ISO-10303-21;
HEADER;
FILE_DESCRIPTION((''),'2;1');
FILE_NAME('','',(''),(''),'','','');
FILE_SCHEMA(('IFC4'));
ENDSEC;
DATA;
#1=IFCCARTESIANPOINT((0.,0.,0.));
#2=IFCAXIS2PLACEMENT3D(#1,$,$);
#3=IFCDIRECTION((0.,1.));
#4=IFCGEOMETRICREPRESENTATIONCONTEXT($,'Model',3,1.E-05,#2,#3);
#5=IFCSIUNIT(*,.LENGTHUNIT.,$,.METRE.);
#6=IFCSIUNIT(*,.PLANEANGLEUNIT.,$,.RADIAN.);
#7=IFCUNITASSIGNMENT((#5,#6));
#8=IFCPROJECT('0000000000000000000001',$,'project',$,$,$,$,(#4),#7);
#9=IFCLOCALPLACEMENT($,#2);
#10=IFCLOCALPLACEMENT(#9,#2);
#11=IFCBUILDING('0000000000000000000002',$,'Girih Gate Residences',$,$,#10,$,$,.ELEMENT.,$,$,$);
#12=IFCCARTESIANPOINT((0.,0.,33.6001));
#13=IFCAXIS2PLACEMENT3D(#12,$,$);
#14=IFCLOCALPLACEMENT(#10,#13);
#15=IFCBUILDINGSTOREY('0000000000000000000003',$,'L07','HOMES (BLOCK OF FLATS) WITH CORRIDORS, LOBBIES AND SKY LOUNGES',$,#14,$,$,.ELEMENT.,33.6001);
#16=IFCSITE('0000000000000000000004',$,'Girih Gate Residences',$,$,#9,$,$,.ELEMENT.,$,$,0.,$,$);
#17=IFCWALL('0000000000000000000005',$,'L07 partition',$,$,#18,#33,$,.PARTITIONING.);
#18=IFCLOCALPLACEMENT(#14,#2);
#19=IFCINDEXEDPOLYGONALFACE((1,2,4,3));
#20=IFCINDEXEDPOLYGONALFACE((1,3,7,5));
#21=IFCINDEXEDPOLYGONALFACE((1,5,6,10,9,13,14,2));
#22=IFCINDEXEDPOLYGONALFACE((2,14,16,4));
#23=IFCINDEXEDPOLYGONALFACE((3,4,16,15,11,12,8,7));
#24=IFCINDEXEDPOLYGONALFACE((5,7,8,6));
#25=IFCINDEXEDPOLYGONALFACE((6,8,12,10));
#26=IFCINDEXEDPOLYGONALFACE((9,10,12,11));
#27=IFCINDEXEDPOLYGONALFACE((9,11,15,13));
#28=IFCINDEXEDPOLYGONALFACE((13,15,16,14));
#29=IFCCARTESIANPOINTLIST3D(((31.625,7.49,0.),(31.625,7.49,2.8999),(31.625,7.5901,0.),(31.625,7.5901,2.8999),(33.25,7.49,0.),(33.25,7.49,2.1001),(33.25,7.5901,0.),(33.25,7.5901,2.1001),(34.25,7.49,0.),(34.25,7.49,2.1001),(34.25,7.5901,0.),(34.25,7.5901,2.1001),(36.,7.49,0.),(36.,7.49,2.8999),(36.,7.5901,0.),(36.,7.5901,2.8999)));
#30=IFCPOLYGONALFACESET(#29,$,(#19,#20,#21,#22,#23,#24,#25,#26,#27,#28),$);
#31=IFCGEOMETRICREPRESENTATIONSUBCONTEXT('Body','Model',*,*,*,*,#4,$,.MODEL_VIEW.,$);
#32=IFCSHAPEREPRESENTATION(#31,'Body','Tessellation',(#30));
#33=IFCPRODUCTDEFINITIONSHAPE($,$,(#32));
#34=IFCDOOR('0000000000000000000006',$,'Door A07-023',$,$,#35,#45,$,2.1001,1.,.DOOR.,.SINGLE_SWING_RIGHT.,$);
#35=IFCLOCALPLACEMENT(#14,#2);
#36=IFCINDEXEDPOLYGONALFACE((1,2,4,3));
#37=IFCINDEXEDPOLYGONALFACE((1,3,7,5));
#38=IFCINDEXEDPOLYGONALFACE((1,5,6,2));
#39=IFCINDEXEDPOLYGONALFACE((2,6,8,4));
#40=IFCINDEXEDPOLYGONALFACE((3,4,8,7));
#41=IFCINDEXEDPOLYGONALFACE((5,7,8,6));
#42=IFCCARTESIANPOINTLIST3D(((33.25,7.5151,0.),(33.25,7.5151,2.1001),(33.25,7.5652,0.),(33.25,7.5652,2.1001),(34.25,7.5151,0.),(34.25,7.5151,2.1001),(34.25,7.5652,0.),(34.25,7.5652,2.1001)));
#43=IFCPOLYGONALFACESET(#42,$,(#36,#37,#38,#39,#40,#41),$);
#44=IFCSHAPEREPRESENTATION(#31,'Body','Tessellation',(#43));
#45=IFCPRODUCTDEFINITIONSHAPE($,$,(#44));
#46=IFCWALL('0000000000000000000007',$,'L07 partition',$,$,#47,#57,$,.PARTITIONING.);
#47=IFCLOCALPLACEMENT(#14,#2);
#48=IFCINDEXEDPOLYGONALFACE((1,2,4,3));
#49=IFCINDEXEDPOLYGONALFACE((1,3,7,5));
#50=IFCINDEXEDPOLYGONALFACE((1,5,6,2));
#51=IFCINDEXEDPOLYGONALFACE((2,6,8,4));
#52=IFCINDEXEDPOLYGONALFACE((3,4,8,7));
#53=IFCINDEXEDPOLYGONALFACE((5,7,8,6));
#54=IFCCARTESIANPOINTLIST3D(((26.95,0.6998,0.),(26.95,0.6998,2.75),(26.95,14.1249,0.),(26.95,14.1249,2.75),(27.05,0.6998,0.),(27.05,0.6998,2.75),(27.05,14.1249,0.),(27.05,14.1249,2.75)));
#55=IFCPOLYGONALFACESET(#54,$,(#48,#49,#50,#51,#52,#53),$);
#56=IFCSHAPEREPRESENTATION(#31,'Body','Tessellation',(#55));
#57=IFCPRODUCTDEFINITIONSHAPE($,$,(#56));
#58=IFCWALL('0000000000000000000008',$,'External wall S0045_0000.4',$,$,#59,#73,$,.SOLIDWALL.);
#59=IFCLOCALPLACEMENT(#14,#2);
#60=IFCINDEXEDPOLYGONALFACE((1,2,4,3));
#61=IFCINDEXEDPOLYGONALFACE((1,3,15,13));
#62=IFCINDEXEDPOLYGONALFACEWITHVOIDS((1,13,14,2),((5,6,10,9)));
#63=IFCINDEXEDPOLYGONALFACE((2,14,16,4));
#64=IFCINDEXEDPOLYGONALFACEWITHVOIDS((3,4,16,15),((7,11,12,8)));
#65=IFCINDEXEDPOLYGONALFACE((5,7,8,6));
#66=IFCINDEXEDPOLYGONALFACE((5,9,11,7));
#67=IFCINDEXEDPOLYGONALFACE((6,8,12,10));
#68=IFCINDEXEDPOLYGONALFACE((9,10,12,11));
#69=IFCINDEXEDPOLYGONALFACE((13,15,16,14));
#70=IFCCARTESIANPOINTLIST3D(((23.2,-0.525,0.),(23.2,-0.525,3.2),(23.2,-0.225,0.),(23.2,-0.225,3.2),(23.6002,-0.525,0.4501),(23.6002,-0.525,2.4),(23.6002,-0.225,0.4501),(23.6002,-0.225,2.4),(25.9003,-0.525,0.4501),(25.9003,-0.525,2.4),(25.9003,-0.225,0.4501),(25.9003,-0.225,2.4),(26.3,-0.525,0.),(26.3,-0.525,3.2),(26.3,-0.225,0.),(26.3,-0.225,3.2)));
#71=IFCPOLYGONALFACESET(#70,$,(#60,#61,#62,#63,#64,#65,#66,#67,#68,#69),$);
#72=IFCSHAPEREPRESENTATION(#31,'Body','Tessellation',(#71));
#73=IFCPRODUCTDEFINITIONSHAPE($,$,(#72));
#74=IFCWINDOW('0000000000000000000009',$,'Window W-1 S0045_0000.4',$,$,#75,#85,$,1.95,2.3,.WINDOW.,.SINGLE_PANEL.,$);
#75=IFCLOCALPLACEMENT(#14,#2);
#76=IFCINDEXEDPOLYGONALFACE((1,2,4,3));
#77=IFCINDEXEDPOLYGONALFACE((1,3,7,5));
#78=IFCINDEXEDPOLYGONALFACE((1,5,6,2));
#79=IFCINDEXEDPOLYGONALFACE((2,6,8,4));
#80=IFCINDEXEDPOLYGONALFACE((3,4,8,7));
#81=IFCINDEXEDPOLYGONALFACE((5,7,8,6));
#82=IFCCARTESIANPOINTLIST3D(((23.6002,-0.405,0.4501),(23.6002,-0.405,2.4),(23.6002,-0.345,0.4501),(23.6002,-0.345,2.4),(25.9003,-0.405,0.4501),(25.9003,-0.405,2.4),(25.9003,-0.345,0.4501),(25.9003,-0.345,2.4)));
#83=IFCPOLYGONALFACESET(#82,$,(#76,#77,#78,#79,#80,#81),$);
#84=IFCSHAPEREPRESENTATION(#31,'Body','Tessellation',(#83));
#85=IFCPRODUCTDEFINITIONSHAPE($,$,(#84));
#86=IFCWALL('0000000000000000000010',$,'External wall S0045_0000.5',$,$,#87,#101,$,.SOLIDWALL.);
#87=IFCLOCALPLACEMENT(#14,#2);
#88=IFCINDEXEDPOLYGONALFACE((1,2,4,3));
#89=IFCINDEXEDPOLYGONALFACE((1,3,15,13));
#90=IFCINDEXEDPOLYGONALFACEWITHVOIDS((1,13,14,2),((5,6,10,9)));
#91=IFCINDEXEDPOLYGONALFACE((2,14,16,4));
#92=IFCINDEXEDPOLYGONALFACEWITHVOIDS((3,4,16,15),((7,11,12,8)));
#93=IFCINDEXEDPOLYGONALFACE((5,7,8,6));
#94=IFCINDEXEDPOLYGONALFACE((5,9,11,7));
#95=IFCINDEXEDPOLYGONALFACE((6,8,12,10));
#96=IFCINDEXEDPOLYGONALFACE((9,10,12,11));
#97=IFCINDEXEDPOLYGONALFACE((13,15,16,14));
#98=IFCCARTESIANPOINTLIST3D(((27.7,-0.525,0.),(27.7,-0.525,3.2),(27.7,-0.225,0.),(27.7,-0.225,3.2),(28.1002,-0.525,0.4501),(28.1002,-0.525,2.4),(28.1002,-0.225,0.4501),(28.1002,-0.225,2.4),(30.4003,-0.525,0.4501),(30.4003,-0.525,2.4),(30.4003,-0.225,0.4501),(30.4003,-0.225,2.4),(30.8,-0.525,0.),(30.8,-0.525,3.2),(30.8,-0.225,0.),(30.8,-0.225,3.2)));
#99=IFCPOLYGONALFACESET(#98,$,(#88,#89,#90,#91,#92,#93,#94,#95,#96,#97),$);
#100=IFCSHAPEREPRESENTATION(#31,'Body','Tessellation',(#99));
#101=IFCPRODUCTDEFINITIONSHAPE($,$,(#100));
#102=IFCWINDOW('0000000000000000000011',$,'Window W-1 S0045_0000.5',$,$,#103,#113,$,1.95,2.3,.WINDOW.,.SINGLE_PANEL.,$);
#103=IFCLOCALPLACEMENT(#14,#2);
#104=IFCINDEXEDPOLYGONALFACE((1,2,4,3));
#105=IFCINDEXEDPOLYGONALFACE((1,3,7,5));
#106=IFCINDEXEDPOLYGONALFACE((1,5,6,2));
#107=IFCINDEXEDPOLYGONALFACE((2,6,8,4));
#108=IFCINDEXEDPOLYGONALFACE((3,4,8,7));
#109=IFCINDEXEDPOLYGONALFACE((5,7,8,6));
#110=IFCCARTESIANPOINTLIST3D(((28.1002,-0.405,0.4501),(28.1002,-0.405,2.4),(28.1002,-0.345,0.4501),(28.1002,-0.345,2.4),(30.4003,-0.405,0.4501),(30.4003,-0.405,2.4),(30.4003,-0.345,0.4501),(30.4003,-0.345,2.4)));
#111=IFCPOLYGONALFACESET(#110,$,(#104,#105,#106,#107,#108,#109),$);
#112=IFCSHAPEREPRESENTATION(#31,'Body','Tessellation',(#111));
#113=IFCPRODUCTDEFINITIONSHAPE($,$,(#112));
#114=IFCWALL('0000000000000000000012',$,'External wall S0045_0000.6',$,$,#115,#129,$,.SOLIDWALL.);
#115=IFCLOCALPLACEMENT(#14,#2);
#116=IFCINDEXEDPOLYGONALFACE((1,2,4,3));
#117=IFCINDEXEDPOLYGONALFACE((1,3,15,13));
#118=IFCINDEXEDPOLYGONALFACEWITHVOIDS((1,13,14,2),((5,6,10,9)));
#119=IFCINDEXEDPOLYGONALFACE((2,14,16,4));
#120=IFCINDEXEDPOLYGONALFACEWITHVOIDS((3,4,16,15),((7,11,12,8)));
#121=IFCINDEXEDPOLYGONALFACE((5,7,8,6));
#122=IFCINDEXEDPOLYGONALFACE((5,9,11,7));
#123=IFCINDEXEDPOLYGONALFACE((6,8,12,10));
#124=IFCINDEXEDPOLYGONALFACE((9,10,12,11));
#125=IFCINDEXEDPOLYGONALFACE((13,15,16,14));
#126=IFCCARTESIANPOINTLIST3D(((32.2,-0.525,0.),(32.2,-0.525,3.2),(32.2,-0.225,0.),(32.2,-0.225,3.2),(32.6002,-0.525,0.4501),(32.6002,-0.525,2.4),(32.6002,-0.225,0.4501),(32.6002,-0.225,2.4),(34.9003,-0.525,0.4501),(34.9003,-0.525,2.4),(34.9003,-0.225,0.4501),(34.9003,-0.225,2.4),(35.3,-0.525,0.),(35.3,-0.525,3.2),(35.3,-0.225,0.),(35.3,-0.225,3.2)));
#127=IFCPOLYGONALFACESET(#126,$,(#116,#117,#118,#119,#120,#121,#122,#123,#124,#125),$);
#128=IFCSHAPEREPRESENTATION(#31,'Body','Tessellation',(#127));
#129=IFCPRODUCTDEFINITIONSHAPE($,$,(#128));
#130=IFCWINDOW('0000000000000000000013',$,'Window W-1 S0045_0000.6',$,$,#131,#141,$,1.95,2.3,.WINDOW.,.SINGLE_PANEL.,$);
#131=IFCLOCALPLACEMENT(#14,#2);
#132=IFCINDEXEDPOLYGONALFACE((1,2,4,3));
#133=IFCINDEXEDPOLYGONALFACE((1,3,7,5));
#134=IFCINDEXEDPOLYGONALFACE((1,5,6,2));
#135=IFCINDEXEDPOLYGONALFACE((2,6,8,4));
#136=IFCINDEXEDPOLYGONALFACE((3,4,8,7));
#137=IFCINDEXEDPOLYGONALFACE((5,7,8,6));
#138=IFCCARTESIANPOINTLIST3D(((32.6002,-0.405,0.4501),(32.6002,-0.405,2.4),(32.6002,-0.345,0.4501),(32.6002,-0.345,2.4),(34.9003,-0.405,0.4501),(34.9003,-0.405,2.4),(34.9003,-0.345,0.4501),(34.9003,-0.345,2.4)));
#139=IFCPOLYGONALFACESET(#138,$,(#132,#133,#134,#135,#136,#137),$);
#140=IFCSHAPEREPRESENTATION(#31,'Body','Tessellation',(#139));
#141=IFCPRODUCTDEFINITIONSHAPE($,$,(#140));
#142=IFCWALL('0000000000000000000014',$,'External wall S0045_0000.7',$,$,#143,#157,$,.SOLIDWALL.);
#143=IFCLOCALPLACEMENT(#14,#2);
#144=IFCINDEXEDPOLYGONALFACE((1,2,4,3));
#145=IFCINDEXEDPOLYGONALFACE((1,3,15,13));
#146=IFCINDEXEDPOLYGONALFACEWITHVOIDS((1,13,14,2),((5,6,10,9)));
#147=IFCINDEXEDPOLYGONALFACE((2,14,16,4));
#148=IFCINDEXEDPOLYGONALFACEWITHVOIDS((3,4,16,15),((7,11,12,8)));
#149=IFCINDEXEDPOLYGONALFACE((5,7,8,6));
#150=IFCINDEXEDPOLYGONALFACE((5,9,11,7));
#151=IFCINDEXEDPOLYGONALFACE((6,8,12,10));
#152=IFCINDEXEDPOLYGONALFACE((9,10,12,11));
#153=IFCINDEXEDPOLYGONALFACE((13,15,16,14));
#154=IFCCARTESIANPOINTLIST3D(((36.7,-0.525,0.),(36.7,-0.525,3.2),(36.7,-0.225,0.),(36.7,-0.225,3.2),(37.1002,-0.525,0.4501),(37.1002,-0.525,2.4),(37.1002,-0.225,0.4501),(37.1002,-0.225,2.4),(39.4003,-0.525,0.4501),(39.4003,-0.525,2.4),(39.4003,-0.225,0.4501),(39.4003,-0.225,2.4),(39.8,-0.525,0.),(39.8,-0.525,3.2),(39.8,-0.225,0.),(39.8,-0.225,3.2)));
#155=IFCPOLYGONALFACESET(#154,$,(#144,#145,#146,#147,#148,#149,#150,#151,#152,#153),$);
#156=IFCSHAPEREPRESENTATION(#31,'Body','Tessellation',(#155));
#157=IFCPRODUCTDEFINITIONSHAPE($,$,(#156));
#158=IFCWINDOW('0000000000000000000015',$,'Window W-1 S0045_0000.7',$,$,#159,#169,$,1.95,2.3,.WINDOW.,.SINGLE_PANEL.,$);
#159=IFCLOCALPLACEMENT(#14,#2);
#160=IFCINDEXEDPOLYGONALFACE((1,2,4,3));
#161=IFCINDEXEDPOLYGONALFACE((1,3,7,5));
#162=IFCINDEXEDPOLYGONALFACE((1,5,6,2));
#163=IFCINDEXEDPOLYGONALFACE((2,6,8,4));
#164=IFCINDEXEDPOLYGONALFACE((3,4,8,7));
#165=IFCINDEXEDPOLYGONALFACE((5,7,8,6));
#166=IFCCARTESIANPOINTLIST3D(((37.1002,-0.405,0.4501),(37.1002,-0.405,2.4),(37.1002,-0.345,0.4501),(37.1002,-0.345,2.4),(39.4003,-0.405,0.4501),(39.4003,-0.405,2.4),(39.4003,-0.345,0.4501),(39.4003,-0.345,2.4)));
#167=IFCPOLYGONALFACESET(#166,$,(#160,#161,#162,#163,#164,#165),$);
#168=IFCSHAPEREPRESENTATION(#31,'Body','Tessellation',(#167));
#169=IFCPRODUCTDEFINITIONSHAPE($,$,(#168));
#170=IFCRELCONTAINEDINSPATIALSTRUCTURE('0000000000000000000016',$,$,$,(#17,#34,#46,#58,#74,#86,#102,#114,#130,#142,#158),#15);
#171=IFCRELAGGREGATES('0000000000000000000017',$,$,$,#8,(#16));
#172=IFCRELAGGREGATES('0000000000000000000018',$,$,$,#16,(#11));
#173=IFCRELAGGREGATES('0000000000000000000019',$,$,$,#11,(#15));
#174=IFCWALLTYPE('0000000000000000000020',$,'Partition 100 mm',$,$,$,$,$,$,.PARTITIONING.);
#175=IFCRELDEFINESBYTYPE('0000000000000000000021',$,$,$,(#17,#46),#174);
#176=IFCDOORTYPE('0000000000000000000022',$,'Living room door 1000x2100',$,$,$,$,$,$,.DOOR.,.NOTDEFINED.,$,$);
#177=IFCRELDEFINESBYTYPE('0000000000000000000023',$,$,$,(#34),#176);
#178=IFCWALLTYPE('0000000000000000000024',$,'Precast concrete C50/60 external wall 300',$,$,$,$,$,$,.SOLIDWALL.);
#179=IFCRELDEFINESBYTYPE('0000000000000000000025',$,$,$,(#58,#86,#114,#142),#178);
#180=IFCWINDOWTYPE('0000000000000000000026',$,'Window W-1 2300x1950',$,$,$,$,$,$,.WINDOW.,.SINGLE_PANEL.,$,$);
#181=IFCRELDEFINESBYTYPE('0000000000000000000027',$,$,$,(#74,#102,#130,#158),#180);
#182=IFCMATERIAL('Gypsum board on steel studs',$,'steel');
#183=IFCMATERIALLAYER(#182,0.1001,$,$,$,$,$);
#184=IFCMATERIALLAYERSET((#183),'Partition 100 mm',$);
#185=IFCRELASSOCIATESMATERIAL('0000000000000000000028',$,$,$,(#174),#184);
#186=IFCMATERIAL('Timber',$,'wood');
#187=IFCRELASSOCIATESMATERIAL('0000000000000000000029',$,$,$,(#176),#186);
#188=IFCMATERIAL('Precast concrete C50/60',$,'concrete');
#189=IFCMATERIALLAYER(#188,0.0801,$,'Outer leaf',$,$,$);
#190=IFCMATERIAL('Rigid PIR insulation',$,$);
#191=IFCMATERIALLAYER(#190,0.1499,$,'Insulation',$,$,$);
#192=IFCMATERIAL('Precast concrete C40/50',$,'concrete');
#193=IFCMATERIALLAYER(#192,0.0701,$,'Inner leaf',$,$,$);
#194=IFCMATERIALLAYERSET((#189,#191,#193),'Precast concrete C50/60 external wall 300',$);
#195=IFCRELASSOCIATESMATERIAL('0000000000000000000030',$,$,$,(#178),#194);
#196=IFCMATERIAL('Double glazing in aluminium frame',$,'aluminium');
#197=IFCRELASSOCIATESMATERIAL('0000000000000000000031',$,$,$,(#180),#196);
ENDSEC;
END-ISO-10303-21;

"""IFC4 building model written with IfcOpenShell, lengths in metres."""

from ifc_helpers import new_model, si_unit, direction, frame, frame_2d, origin, place, context, subcontext, project, spatial, rectangle, extrude, material, layer, layer_set, type_object, element, fill, save


model = new_model("IFC4")

# Units and contexts
model_context = context("Model", 3, precision=1e-05, world=origin(), true_north=direction((0.0, 1.0)))
body_context = subcontext(model_context, "Body", "Model", "MODEL_VIEW")
ifc_project = project(units=[si_unit("LENGTHUNIT", "METRE"), si_unit("PLANEANGLEUNIT", "RADIAN")], contexts=[model_context])

# Site, building, storey
site_placement = place(None, origin())
site = spatial("IfcSite", under=ifc_project, at=site_placement, Name="Girih Gate Residences", CompositionType="ELEMENT", RefElevation=0.0)
building_placement = place(site_placement, origin())
building = spatial("IfcBuilding", under=site, at=building_placement, Name="Girih Gate Residences", CompositionType="ELEMENT")
storey_placement = place(building_placement, frame((0.0, 0.0, 33.6001)))
storey = spatial("IfcBuildingStorey", under=building, at=storey_placement, Name="L07", Description="HOMES (BLOCK OF FLATS) WITH CORRIDORS, LOBBIES AND SKY LOUNGES", CompositionType="ELEMENT", Elevation=33.6001)

# Shared definitions
ifc_material_1 = material(Name="Gypsum board on steel studs", Category="steel")
ifc_layer_1 = layer(ifc_material_1, 0.1001)
ifc_layer_set_1 = layer_set([ifc_layer_1], Name="Partition 100 mm")
wall_type_1 = type_object("IfcWallType", Name="Partition 100 mm", PredefinedType="PARTITIONING", material=ifc_layer_set_1)

# Wall, opening, door
ifc_material_2 = material(Name="Timber", Category="wood")
wall_1_placement = place(storey_placement, frame((36.0, 7.54, 0.0), z_axis=(0.0, 0.0, 1.0), x_axis=(-1.0, 0.0, 0.0)))
wall_1 = element("IfcWall", 1, at=wall_1_placement, inside=storey, type_object=wall_type_1, Name="L07 partition", PredefinedType="PARTITIONING", context=body_context, shape_type="SweptSolid", body=[
    extrude(rectangle(XDim=4.375, YDim=0.1001, at=frame_2d((2.1875, 0.0))), origin(), (0.0, 0.0, 1.0), 2.8999),
])
opening_1_placement = place(wall_1_placement, frame((1.75, 0.0, 0.0)))
opening_1 = element("IfcOpeningElement", 2, at=opening_1_placement, cuts=wall_1, PredefinedType="OPENING", context=body_context, shape_type="SweptSolid", body=[
    extrude(rectangle(XDim=1.0, YDim=2.1001, at=frame_2d((0.5, 1.05))), frame((0.0, 0.0601, 0.0), z_axis=(0.0, -1.0, 0.0), x_axis=(1.0, 0.0, 0.0)), (0.0, 0.0, 1.0), 0.1201),
])
door_type_1 = type_object("IfcDoorType", Name="Living room door 1000x2100", OperationType="NOTDEFINED", PredefinedType="DOOR", material=ifc_material_2)
door_1_placement = place(opening_1_placement, origin())
door_1 = element("IfcDoor", 3, at=door_1_placement, inside=storey, type_object=door_type_1, Name="Door A07-023", OperationType="SINGLE_SWING_RIGHT", OverallHeight=2.1001, OverallWidth=1.0, PredefinedType="DOOR", context=body_context, shape_type="SweptSolid", body=[
    extrude(rectangle(XDim=1.0, YDim=2.1001, at=frame_2d((0.5, 1.05))), frame((0.0, 0.0249, 0.0), z_axis=(0.0, -1.0, 0.0), x_axis=(1.0, 0.0, 0.0)), (0.0, 0.0, 1.0), 0.05),
])
fill(opening_1, door_1)

# Wall
wall_2_placement = place(storey_placement, frame((27.0, 0.7, 0.0), z_axis=(0.0, 0.0, 1.0), x_axis=(0.0, 1.0, 0.0)))
element("IfcWall", 4, at=wall_2_placement, inside=storey, type_object=wall_type_1, Name="L07 partition", PredefinedType="PARTITIONING", context=body_context, shape_type="SweptSolid", body=[
    extrude(rectangle(XDim=13.425, YDim=0.1001, at=frame_2d((6.7124, 0.0))), origin(), (0.0, 0.0, 1.0), 2.75),
])

# Walls, openings, windows
ifc_material_3 = material(Name="Precast concrete C50/60", Category="concrete")
ifc_layer_2 = layer(ifc_material_3, 0.0801, Name="Outer leaf")
ifc_material_4 = material(Name="Rigid PIR insulation")
ifc_layer_3 = layer(ifc_material_4, 0.1499, Name="Insulation")
ifc_material_5 = material(Name="Precast concrete C40/50", Category="concrete")
ifc_layer_4 = layer(ifc_material_5, 0.0701, Name="Inner leaf")
ifc_layer_set_2 = layer_set([ifc_layer_2, ifc_layer_3, ifc_layer_4], Name="Precast concrete C50/60 external wall 300")
wall_type_2 = type_object("IfcWallType", Name="Precast concrete C50/60 external wall 300", PredefinedType="SOLIDWALL", material=ifc_layer_set_2)
wall_3_placement = place(storey_placement, frame((26.3, -0.375, 0.0), z_axis=(0.0, 0.0, 1.0), x_axis=(-1.0, 0.0, 0.0)))
wall_3 = element("IfcWall", 5, at=wall_3_placement, inside=storey, type_object=wall_type_2, Name="External wall S0045_0000.4", PredefinedType="SOLIDWALL", context=body_context, shape_type="SweptSolid", body=[
    extrude(rectangle(XDim=3.1001, YDim=0.3, at=frame_2d((1.55, 0.0))), origin(), (0.0, 0.0, 1.0), 3.2),
])
opening_2_placement = place(wall_3_placement, frame((0.3999, 0.0, 0.45)))
opening_2 = element("IfcOpeningElement", 6, at=opening_2_placement, cuts=wall_3, PredefinedType="OPENING", context=body_context, shape_type="SweptSolid", body=[
    extrude(rectangle(XDim=2.3, YDim=1.95, at=frame_2d((1.1499, 0.9751))), frame((0.0, 0.1599, 0.0), z_axis=(0.0, -1.0, 0.0), x_axis=(1.0, 0.0, 0.0)), (0.0, 0.0, 1.0), 0.3201),
])
ifc_material_6 = material(Name="Double glazing in aluminium frame", Category="aluminium")
window_type = type_object("IfcWindowType", Name="Window W-1 2300x1950", PartitioningType="SINGLE_PANEL", PredefinedType="WINDOW", material=ifc_material_6)
window_1_placement = place(opening_2_placement, origin())
window_1 = element("IfcWindow", 7, at=window_1_placement, inside=storey, type_object=window_type, Name="Window W-1 S0045_0000.4", OverallHeight=1.95, OverallWidth=2.3, PartitioningType="SINGLE_PANEL", PredefinedType="WINDOW", context=body_context, shape_type="SweptSolid", body=[
    extrude(rectangle(XDim=2.3, YDim=1.95, at=frame_2d((1.1499, 0.9751))), frame((0.0, 0.03, 0.0), z_axis=(0.0, -1.0, 0.0), x_axis=(1.0, 0.0, 0.0)), (0.0, 0.0, 1.0), 0.0601),
])
fill(opening_2, window_1)
wall_4_placement = place(storey_placement, frame((30.8, -0.375, 0.0), z_axis=(0.0, 0.0, 1.0), x_axis=(-1.0, 0.0, 0.0)))
wall_4 = element("IfcWall", 8, at=wall_4_placement, inside=storey, type_object=wall_type_2, Name="External wall S0045_0000.5", PredefinedType="SOLIDWALL", context=body_context, shape_type="SweptSolid", body=[
    extrude(rectangle(XDim=3.1001, YDim=0.3, at=frame_2d((1.55, 0.0))), origin(), (0.0, 0.0, 1.0), 3.2),
])
opening_3_placement = place(wall_4_placement, frame((0.3999, 0.0, 0.45)))
opening_3 = element("IfcOpeningElement", 9, at=opening_3_placement, cuts=wall_4, PredefinedType="OPENING", context=body_context, shape_type="SweptSolid", body=[
    extrude(rectangle(XDim=2.3, YDim=1.95, at=frame_2d((1.1499, 0.9751))), frame((0.0, 0.1599, 0.0), z_axis=(0.0, -1.0, 0.0), x_axis=(1.0, 0.0, 0.0)), (0.0, 0.0, 1.0), 0.3201),
])
window_2_placement = place(opening_3_placement, origin())
window_2 = element("IfcWindow", 10, at=window_2_placement, inside=storey, type_object=window_type, Name="Window W-1 S0045_0000.5", OverallHeight=1.95, OverallWidth=2.3, PartitioningType="SINGLE_PANEL", PredefinedType="WINDOW", context=body_context, shape_type="SweptSolid", body=[
    extrude(rectangle(XDim=2.3, YDim=1.95, at=frame_2d((1.1499, 0.9751))), frame((0.0, 0.03, 0.0), z_axis=(0.0, -1.0, 0.0), x_axis=(1.0, 0.0, 0.0)), (0.0, 0.0, 1.0), 0.0601),
])
fill(opening_3, window_2)
wall_5_placement = place(storey_placement, frame((35.3, -0.375, 0.0), z_axis=(0.0, 0.0, 1.0), x_axis=(-1.0, 0.0, 0.0)))
wall_5 = element("IfcWall", 11, at=wall_5_placement, inside=storey, type_object=wall_type_2, Name="External wall S0045_0000.6", PredefinedType="SOLIDWALL", context=body_context, shape_type="SweptSolid", body=[
    extrude(rectangle(XDim=3.1001, YDim=0.3, at=frame_2d((1.55, 0.0))), origin(), (0.0, 0.0, 1.0), 3.2),
])
opening_4_placement = place(wall_5_placement, frame((0.3999, 0.0, 0.45)))
opening_4 = element("IfcOpeningElement", 12, at=opening_4_placement, cuts=wall_5, PredefinedType="OPENING", context=body_context, shape_type="SweptSolid", body=[
    extrude(rectangle(XDim=2.3, YDim=1.95, at=frame_2d((1.1499, 0.9751))), frame((0.0, 0.1599, 0.0), z_axis=(0.0, -1.0, 0.0), x_axis=(1.0, 0.0, 0.0)), (0.0, 0.0, 1.0), 0.3201),
])
window_3_placement = place(opening_4_placement, origin())
window_3 = element("IfcWindow", 13, at=window_3_placement, inside=storey, type_object=window_type, Name="Window W-1 S0045_0000.6", OverallHeight=1.95, OverallWidth=2.3, PartitioningType="SINGLE_PANEL", PredefinedType="WINDOW", context=body_context, shape_type="SweptSolid", body=[
    extrude(rectangle(XDim=2.3, YDim=1.95, at=frame_2d((1.1499, 0.9751))), frame((0.0, 0.03, 0.0), z_axis=(0.0, -1.0, 0.0), x_axis=(1.0, 0.0, 0.0)), (0.0, 0.0, 1.0), 0.0601),
])
fill(opening_4, window_3)
wall_6_placement = place(storey_placement, frame((39.8, -0.375, 0.0), z_axis=(0.0, 0.0, 1.0), x_axis=(-1.0, 0.0, 0.0)))
wall_6 = element("IfcWall", 14, at=wall_6_placement, inside=storey, type_object=wall_type_2, Name="External wall S0045_0000.7", PredefinedType="SOLIDWALL", context=body_context, shape_type="SweptSolid", body=[
    extrude(rectangle(XDim=3.1001, YDim=0.3, at=frame_2d((1.55, 0.0))), origin(), (0.0, 0.0, 1.0), 3.2),
])
opening_5_placement = place(wall_6_placement, frame((0.3999, 0.0, 0.45)))
opening_5 = element("IfcOpeningElement", 15, at=opening_5_placement, cuts=wall_6, PredefinedType="OPENING", context=body_context, shape_type="SweptSolid", body=[
    extrude(rectangle(XDim=2.3, YDim=1.95, at=frame_2d((1.1499, 0.9751))), frame((0.0, 0.1599, 0.0), z_axis=(0.0, -1.0, 0.0), x_axis=(1.0, 0.0, 0.0)), (0.0, 0.0, 1.0), 0.3201),
])
window_4_placement = place(opening_5_placement, origin())
window_4 = element("IfcWindow", 16, at=window_4_placement, inside=storey, type_object=window_type, Name="Window W-1 S0045_0000.7", OverallHeight=1.95, OverallWidth=2.3, PartitioningType="SINGLE_PANEL", PredefinedType="WINDOW", context=body_context, shape_type="SweptSolid", body=[
    extrude(rectangle(XDim=2.3, YDim=1.95, at=frame_2d((1.1499, 0.9751))), frame((0.0, 0.03, 0.0), z_axis=(0.0, -1.0, 0.0), x_axis=(1.0, 0.0, 0.0)), (0.0, 0.0, 1.0), 0.0601),
])
fill(opening_5, window_4)

save(model, "model.ifc")
